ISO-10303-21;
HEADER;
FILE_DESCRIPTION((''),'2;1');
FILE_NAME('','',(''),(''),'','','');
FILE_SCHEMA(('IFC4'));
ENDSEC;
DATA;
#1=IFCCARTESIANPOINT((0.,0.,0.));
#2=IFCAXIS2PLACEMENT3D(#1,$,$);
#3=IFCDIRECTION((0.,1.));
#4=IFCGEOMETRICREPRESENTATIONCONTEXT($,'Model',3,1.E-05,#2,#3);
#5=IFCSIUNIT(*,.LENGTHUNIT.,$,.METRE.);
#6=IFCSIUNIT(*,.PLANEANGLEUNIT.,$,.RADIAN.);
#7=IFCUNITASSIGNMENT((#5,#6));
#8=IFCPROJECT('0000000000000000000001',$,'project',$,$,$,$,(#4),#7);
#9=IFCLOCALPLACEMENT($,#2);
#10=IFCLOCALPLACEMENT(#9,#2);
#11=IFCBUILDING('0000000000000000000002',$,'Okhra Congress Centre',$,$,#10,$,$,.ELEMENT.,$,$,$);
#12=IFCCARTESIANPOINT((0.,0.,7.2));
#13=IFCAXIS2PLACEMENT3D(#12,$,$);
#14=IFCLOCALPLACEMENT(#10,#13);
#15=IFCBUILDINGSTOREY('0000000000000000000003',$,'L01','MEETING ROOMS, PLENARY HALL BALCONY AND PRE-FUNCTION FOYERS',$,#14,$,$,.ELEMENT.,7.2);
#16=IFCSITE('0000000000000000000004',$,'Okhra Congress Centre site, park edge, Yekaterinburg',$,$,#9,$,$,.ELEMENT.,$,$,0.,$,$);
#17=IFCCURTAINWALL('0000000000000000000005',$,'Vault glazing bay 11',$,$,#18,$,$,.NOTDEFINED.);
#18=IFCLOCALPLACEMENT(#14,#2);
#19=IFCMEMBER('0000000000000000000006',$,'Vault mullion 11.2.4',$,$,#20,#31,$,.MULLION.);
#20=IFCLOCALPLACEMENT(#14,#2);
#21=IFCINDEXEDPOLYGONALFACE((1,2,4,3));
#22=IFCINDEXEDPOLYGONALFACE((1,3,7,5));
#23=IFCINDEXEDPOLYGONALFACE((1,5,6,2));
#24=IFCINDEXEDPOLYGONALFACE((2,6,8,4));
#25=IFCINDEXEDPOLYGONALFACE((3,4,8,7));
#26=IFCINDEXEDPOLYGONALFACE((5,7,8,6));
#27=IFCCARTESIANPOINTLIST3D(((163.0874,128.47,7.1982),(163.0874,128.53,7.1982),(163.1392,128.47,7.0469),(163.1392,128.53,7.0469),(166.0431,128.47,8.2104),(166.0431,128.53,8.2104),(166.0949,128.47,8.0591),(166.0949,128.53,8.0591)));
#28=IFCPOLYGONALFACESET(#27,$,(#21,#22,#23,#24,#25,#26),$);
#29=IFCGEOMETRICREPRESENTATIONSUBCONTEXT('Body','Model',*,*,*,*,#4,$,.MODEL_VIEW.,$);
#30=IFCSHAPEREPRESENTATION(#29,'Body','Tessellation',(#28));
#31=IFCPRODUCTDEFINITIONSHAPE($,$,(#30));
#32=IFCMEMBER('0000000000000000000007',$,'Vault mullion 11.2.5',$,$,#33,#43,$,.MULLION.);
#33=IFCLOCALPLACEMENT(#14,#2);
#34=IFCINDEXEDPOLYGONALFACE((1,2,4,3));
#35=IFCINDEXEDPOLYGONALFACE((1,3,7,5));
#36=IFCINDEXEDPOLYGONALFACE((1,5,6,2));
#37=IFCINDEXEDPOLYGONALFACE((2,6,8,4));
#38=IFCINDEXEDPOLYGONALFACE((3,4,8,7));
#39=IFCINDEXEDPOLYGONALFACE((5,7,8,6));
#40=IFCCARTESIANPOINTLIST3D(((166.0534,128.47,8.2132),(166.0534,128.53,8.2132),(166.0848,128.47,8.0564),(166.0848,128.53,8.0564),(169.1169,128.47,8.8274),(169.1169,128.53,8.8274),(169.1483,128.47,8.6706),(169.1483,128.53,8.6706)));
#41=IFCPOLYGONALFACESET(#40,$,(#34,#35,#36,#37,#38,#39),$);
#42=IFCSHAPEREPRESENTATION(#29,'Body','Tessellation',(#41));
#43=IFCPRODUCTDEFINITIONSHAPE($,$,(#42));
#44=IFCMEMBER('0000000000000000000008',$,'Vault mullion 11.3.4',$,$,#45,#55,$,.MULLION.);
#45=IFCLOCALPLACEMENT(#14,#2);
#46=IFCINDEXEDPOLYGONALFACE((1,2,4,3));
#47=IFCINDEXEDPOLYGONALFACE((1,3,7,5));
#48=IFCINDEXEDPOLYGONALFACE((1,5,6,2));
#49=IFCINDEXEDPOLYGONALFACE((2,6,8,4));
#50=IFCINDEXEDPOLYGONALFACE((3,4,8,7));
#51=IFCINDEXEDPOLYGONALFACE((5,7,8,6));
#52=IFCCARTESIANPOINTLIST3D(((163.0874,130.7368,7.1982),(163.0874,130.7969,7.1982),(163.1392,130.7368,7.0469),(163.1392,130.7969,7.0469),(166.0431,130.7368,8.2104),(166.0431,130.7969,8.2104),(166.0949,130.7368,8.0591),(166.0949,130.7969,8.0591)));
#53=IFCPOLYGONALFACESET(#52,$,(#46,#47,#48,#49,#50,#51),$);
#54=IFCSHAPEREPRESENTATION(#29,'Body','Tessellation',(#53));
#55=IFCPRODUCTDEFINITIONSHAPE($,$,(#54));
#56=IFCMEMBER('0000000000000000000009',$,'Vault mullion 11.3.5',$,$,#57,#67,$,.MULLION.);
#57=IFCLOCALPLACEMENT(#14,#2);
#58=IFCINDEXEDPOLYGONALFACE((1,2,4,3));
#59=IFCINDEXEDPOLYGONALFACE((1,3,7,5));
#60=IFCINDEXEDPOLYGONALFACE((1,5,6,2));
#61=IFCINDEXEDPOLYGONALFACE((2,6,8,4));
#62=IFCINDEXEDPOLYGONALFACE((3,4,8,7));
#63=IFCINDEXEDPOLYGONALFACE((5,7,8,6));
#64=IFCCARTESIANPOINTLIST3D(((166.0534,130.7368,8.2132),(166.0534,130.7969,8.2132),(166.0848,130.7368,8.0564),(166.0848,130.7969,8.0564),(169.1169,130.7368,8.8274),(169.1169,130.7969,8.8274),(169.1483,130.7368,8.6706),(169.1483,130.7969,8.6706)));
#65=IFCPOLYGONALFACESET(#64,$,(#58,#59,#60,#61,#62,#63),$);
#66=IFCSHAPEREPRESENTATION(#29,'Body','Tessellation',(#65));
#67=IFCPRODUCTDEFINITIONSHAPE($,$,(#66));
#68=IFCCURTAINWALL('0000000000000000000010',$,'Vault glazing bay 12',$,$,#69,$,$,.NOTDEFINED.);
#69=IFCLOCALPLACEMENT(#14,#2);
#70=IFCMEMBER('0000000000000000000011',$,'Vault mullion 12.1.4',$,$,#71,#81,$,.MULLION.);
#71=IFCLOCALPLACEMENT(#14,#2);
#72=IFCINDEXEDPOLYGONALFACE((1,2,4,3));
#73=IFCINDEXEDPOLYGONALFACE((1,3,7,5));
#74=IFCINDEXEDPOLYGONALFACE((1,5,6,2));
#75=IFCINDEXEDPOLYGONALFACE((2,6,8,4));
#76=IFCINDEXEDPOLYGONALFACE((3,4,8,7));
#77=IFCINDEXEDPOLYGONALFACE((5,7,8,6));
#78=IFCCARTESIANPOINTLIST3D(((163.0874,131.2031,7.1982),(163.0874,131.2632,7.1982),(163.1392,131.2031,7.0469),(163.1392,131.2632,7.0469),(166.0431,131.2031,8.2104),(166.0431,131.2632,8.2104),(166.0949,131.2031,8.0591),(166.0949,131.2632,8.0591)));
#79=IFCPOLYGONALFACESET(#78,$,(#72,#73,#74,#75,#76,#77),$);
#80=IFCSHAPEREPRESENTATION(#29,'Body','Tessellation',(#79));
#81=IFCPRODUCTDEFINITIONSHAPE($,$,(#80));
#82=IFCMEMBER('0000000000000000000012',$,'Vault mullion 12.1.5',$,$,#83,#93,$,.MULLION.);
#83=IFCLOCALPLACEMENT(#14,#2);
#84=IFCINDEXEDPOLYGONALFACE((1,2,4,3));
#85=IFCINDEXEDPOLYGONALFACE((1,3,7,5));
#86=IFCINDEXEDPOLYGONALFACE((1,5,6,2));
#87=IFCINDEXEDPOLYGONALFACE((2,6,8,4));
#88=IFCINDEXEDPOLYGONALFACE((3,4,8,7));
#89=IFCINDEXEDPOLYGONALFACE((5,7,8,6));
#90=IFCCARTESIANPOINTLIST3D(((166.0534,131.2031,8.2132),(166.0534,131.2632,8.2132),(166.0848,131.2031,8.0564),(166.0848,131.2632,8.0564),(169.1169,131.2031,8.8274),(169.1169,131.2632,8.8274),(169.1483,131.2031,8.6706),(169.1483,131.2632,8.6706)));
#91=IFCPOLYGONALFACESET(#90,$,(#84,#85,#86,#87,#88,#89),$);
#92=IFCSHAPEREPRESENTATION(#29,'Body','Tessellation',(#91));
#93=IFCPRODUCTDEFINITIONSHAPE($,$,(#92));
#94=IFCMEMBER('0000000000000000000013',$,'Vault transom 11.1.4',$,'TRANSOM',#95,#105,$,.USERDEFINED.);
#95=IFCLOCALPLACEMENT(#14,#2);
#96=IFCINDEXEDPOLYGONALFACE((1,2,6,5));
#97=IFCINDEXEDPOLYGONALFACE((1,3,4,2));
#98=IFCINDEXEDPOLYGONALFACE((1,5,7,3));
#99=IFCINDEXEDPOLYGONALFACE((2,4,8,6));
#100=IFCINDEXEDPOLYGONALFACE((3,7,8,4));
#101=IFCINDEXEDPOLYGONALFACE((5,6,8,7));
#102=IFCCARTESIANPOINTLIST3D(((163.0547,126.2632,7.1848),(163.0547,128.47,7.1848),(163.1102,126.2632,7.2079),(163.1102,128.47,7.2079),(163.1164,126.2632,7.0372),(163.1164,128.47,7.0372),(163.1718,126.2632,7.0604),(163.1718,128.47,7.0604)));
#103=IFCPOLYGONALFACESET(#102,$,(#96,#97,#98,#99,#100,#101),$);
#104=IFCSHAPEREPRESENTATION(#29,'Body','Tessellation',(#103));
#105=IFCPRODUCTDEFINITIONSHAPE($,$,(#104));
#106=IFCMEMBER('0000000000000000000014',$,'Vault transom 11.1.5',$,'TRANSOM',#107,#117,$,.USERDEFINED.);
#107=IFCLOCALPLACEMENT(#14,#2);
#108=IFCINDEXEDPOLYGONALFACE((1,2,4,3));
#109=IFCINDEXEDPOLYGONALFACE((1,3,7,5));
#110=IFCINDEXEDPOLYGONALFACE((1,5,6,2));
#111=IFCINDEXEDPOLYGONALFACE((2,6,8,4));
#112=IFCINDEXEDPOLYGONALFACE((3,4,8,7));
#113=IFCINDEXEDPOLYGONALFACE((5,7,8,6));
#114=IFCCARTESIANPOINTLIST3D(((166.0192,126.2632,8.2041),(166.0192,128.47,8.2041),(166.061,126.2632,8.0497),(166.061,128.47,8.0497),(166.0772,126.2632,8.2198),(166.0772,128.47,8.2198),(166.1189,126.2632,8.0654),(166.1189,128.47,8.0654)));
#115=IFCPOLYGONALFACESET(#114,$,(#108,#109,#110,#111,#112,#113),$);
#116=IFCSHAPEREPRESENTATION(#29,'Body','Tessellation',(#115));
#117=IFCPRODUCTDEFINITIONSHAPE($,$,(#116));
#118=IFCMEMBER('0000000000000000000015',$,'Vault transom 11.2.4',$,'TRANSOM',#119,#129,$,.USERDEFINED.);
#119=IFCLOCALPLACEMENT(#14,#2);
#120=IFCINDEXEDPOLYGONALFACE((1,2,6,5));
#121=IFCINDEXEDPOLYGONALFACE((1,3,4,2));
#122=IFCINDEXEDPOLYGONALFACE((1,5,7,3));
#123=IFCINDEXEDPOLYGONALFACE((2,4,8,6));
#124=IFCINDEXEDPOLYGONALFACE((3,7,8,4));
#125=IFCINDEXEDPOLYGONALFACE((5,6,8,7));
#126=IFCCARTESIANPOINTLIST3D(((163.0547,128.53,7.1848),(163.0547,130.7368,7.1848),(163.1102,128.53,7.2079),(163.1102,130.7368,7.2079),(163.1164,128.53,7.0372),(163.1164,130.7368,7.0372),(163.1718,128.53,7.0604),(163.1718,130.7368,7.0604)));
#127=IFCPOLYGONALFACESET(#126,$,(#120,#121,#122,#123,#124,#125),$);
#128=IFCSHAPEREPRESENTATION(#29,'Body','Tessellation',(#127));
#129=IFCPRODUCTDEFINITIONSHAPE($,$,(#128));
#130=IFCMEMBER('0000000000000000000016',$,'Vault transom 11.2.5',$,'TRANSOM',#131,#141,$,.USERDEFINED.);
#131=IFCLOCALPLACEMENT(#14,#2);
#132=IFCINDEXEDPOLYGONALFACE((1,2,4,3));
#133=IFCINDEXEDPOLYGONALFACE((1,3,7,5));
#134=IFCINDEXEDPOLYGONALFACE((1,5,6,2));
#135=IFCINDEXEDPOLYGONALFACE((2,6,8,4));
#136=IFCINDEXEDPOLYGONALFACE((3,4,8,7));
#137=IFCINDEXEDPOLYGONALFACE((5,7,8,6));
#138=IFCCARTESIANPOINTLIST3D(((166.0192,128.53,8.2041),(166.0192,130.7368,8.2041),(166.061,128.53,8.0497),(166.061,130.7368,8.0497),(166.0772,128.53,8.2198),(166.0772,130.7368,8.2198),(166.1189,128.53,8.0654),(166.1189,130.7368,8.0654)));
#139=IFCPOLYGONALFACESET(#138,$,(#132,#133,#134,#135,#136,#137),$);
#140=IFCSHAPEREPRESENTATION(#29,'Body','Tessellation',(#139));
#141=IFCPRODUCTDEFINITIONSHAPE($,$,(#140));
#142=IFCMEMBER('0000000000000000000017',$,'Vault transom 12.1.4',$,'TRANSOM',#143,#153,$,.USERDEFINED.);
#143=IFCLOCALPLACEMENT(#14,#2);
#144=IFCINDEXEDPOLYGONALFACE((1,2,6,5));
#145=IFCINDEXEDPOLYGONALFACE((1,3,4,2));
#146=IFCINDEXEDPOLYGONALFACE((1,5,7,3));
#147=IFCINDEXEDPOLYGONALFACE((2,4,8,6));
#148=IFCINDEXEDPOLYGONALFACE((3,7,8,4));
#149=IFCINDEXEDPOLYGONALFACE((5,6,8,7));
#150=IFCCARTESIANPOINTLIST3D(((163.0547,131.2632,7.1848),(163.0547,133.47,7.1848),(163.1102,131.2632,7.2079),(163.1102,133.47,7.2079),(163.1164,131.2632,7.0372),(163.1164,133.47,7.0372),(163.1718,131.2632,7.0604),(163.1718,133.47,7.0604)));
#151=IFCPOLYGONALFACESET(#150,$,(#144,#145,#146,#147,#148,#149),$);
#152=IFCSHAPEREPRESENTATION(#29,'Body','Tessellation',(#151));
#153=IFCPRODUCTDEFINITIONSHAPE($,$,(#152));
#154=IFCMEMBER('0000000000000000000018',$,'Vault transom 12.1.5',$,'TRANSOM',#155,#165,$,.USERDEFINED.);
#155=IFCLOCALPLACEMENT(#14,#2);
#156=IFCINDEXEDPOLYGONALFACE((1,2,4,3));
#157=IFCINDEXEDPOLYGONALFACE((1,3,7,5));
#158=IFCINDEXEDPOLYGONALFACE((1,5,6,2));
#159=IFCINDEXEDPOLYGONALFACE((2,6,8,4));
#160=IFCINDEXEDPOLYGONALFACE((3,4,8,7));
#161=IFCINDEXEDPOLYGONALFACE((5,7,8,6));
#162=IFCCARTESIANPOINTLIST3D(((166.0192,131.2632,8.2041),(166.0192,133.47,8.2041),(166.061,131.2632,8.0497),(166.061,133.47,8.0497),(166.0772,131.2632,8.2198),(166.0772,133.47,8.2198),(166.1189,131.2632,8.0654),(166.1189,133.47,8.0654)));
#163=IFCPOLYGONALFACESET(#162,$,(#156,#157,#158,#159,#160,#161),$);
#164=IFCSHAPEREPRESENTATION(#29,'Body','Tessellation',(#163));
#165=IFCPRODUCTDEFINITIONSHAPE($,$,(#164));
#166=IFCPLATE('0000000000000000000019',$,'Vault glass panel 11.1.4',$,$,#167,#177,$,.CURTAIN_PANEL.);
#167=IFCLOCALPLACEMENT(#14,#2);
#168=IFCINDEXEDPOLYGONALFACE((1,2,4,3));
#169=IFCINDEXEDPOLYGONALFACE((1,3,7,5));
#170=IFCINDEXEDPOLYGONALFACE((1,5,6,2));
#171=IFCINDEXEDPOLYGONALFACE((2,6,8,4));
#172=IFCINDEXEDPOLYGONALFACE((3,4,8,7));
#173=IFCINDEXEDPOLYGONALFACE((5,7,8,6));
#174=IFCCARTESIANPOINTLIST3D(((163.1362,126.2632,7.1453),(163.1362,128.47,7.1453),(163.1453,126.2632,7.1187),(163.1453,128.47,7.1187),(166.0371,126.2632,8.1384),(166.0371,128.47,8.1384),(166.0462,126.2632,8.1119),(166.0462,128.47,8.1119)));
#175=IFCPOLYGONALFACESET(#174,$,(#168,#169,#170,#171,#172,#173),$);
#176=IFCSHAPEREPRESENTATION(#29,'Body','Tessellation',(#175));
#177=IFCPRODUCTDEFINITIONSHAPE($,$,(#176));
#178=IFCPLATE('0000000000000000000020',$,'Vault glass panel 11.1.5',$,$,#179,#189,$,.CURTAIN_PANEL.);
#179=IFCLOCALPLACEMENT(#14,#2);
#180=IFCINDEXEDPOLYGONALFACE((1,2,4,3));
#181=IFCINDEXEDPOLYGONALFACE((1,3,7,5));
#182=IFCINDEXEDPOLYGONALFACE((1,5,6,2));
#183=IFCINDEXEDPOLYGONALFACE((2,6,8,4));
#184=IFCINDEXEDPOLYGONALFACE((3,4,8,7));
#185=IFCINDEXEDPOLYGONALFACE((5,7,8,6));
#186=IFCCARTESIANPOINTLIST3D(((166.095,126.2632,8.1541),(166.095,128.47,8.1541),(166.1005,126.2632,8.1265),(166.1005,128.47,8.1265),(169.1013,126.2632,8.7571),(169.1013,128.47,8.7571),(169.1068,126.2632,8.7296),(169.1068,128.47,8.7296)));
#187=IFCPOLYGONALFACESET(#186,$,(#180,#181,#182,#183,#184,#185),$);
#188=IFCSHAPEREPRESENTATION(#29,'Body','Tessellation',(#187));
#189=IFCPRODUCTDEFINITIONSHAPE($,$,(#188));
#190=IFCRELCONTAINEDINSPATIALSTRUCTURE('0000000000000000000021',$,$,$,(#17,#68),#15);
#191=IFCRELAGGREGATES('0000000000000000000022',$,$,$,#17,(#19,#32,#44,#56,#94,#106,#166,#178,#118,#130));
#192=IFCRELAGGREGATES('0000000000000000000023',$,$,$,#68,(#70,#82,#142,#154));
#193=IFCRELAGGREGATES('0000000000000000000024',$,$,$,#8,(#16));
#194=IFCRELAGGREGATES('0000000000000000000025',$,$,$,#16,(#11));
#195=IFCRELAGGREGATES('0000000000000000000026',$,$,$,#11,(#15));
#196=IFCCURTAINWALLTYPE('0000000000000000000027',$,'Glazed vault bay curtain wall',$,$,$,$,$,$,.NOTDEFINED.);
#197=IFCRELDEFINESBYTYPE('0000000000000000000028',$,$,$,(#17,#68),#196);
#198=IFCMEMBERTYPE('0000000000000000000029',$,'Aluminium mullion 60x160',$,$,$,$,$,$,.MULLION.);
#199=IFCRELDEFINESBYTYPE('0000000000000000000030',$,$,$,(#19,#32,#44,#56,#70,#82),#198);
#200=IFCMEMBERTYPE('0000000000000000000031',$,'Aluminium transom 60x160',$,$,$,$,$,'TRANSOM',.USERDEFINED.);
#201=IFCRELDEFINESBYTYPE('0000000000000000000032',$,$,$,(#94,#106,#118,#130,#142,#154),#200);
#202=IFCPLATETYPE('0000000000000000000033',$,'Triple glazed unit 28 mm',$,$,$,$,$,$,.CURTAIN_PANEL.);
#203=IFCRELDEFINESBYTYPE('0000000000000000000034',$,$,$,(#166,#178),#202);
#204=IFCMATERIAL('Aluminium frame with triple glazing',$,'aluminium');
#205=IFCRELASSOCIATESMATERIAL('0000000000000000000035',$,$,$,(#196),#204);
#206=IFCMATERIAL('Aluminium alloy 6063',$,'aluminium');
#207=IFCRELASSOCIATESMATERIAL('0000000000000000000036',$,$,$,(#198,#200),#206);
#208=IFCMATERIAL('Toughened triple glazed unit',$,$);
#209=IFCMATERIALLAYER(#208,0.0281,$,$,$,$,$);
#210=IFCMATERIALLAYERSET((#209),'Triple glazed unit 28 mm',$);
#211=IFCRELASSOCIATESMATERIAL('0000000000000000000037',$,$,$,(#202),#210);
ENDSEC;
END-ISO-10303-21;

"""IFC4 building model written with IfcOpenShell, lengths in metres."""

from ifc_helpers import new_model, si_unit, direction, frame, origin, origin_2d, place, context, subcontext, project, spatial, polyline, rectangle, outline, extrude, material, layer, layer_set, material_profile, profile_set, type_object, element, aggregate, save


model = new_model("IFC4")

# Units and contexts
model_context = context("Model", 3, precision=1e-05, world=origin(), true_north=direction((0.0, 1.0)))
body_context = subcontext(model_context, "Body", "Model", "MODEL_VIEW")
ifc_project = project(units=[si_unit("LENGTHUNIT", "METRE"), si_unit("PLANEANGLEUNIT", "RADIAN")], contexts=[model_context])

# Site, building, storey
site_placement = place(None, origin())
site = spatial("IfcSite", under=ifc_project, at=site_placement, Name="Okhra Congress Centre site, park edge, Yekaterinburg", CompositionType="ELEMENT", RefElevation=0.0)
building_placement = place(site_placement, origin())
building = spatial("IfcBuilding", under=site, at=building_placement, Name="Okhra Congress Centre", CompositionType="ELEMENT")
storey_placement = place(building_placement, frame((0.0, 0.0, 7.2)))
storey = spatial("IfcBuildingStorey", under=building, at=storey_placement, Name="L01", Description="MEETING ROOMS, PLENARY HALL BALCONY AND PRE-FUNCTION FOYERS", CompositionType="ELEMENT", Elevation=7.2)

# Curtain walls, members
ifc_material_1 = material(Name="Aluminium frame with triple glazing", Category="aluminium")
curtain_wall_type = type_object("IfcCurtainWallType", Name="Glazed vault bay curtain wall", PredefinedType="NOTDEFINED", material=ifc_material_1)
curtain_wall_1_placement = place(storey_placement, origin())
curtain_wall_1 = element("IfcCurtainWall", 1, at=curtain_wall_1_placement, inside=storey, type_object=curtain_wall_type, Name="Vault glazing bay 11", PredefinedType="NOTDEFINED")
ifc_material_2 = material(Name="Aluminium alloy 6063", Category="aluminium")
ifc_material_profile_1 = material_profile(ifc_material_2, rectangle(XDim=0.0601, YDim=0.1599, at=origin_2d()), Name="AL 60x160")
ifc_profile_set_1 = profile_set([ifc_material_profile_1], Name="Aluminium alloy 6063")
member_type_1 = type_object("IfcMemberType", Name="Aluminium mullion 60x160", PredefinedType="MULLION", material=ifc_profile_set_1)
member_1_placement = place(storey_placement, frame((163.1133, 128.5, 7.1226), z_axis=(0.946065, 0.0, 0.323977), x_axis=(0.0, 1.0, 0.0)))
member_1 = element("IfcMember", 2, at=member_1_placement, type_object=member_type_1, Name="Vault mullion 11.2.4", PredefinedType="MULLION", context=body_context, shape_type="SweptSolid", body=[
    extrude(rectangle(XDim=0.0601, YDim=0.1599, at=origin_2d()), origin(), (0.0, 0.0, 1.0), 3.1243),
])
member_2_placement = place(storey_placement, frame((166.0691, 128.5, 8.1348), z_axis=(0.980484, 0.0, 0.196597), x_axis=(0.0, 1.0, 0.0)))
member_2 = element("IfcMember", 3, at=member_2_placement, type_object=member_type_1, Name="Vault mullion 11.2.5", PredefinedType="MULLION", context=body_context, shape_type="SweptSolid", body=[
    extrude(rectangle(XDim=0.0601, YDim=0.1599, at=origin_2d()), origin(), (0.0, 0.0, 1.0), 3.1245),
])
member_3_placement = place(storey_placement, frame((163.1133, 130.7668, 7.1226), z_axis=(0.946065, 0.0, 0.323977), x_axis=(0.0, 1.0, 0.0)))
member_3 = element("IfcMember", 4, at=member_3_placement, type_object=member_type_1, Name="Vault mullion 11.3.4", PredefinedType="MULLION", context=body_context, shape_type="SweptSolid", body=[
    extrude(rectangle(XDim=0.0601, YDim=0.1599, at=origin_2d()), origin(), (0.0, 0.0, 1.0), 3.1243),
])
member_4_placement = place(storey_placement, frame((166.0691, 130.7668, 8.1348), z_axis=(0.980484, 0.0, 0.196597), x_axis=(0.0, 1.0, 0.0)))
member_4 = element("IfcMember", 5, at=member_4_placement, type_object=member_type_1, Name="Vault mullion 11.3.5", PredefinedType="MULLION", context=body_context, shape_type="SweptSolid", body=[
    extrude(rectangle(XDim=0.0601, YDim=0.1599, at=origin_2d()), origin(), (0.0, 0.0, 1.0), 3.1245),
])
curtain_wall_2_placement = place(storey_placement, origin())
curtain_wall_2 = element("IfcCurtainWall", 6, at=curtain_wall_2_placement, inside=storey, type_object=curtain_wall_type, Name="Vault glazing bay 12", PredefinedType="NOTDEFINED")
member_5_placement = place(storey_placement, frame((163.1133, 131.2332, 7.1226), z_axis=(0.946065, 0.0, 0.323977), x_axis=(0.0, 1.0, 0.0)))
member_5 = element("IfcMember", 7, at=member_5_placement, type_object=member_type_1, Name="Vault mullion 12.1.4", PredefinedType="MULLION", context=body_context, shape_type="SweptSolid", body=[
    extrude(rectangle(XDim=0.0601, YDim=0.1599, at=origin_2d()), origin(), (0.0, 0.0, 1.0), 3.1243),
])
member_6_placement = place(storey_placement, frame((166.0691, 131.2332, 8.1348), z_axis=(0.980484, 0.0, 0.196597), x_axis=(0.0, 1.0, 0.0)))
member_6 = element("IfcMember", 8, at=member_6_placement, type_object=member_type_1, Name="Vault mullion 12.1.5", PredefinedType="MULLION", context=body_context, shape_type="SweptSolid", body=[
    extrude(rectangle(XDim=0.0601, YDim=0.1599, at=origin_2d()), origin(), (0.0, 0.0, 1.0), 3.1245),
])

# Members
ifc_material_profile_2 = material_profile(ifc_material_2, rectangle(XDim=0.0601, YDim=0.1599, at=origin_2d()), Name="AL 60x160 transom")
ifc_profile_set_2 = profile_set([ifc_material_profile_2], Name="Aluminium alloy 6063")
member_type_2 = type_object("IfcMemberType", Name="Aluminium transom 60x160", ElementType="TRANSOM", PredefinedType="USERDEFINED", material=ifc_profile_set_2)
member_7_placement = place(storey_placement, frame((163.1133, 126.2632, 7.1226), z_axis=(0.0, 1.0, 0.0), x_axis=(-0.922669, 0.0, -0.385593)))
member_7 = element("IfcMember", 9, at=member_7_placement, type_object=member_type_2, Name="Vault transom 11.1.4", ObjectType="TRANSOM", PredefinedType="USERDEFINED", context=body_context, shape_type="SweptSolid", body=[
    extrude(rectangle(XDim=0.0601, YDim=0.1599, at=origin_2d()), origin(), (0.0, 0.0, 1.0), 2.2068),
])
member_8_placement = place(storey_placement, frame((166.0691, 126.2632, 8.1348), z_axis=(0.0, 1.0, 0.0), x_axis=(-0.96538, 0.0, -0.260848)))
member_8 = element("IfcMember", 10, at=member_8_placement, type_object=member_type_2, Name="Vault transom 11.1.5", ObjectType="TRANSOM", PredefinedType="USERDEFINED", context=body_context, shape_type="SweptSolid", body=[
    extrude(rectangle(XDim=0.0601, YDim=0.1599, at=origin_2d()), origin(), (0.0, 0.0, 1.0), 2.2068),
])
member_9_placement = place(storey_placement, frame((163.1133, 128.53, 7.1226), z_axis=(0.0, 1.0, 0.0), x_axis=(-0.922669, 0.0, -0.385593)))
member_9 = element("IfcMember", 11, at=member_9_placement, type_object=member_type_2, Name="Vault transom 11.2.4", ObjectType="TRANSOM", PredefinedType="USERDEFINED", context=body_context, shape_type="SweptSolid", body=[
    extrude(rectangle(XDim=0.0601, YDim=0.1599, at=origin_2d()), origin(), (0.0, 0.0, 1.0), 2.2068),
])
member_10_placement = place(storey_placement, frame((166.0691, 128.53, 8.1348), z_axis=(0.0, 1.0, 0.0), x_axis=(-0.96538, 0.0, -0.260848)))
member_10 = element("IfcMember", 12, at=member_10_placement, type_object=member_type_2, Name="Vault transom 11.2.5", ObjectType="TRANSOM", PredefinedType="USERDEFINED", context=body_context, shape_type="SweptSolid", body=[
    extrude(rectangle(XDim=0.0601, YDim=0.1599, at=origin_2d()), origin(), (0.0, 0.0, 1.0), 2.2068),
])
member_11_placement = place(storey_placement, frame((163.1133, 131.2632, 7.1226), z_axis=(0.0, 1.0, 0.0), x_axis=(-0.922669, 0.0, -0.385593)))
member_11 = element("IfcMember", 13, at=member_11_placement, type_object=member_type_2, Name="Vault transom 12.1.4", ObjectType="TRANSOM", PredefinedType="USERDEFINED", context=body_context, shape_type="SweptSolid", body=[
    extrude(rectangle(XDim=0.0601, YDim=0.1599, at=origin_2d()), origin(), (0.0, 0.0, 1.0), 2.2068),
])
member_12_placement = place(storey_placement, frame((166.0691, 131.2632, 8.1348), z_axis=(0.0, 1.0, 0.0), x_axis=(-0.96538, 0.0, -0.260848)))
member_12 = element("IfcMember", 14, at=member_12_placement, type_object=member_type_2, Name="Vault transom 12.1.5", ObjectType="TRANSOM", PredefinedType="USERDEFINED", context=body_context, shape_type="SweptSolid", body=[
    extrude(rectangle(XDim=0.0601, YDim=0.1599, at=origin_2d()), origin(), (0.0, 0.0, 1.0), 2.2068),
])

# Plates
ifc_material_3 = material(Name="Toughened triple glazed unit")
ifc_layer_1 = layer(ifc_material_3, 0.0281)
ifc_layer_set_1 = layer_set([ifc_layer_1], Name="Triple glazed unit 28 mm")
plate_type = type_object("IfcPlateType", Name="Triple glazed unit 28 mm", PredefinedType="CURTAIN_PANEL", material=ifc_layer_set_1)
plate_1_placement = place(storey_placement, frame((163.1362, 126.2632, 7.1453), z_axis=(-0.323909, 0.0, 0.946088), x_axis=(0.946088, 0.0, 0.323909)))
plate_1 = element("IfcPlate", 15, at=plate_1_placement, type_object=plate_type, Name="Vault glass panel 11.1.4", PredefinedType="CURTAIN_PANEL", context=body_context, shape_type="SweptSolid", body=[
    extrude(outline(polyline([(0.0, 0.0), (3.0662, 0.0), (3.0662, 2.2068), (0.0, 2.2068), (0.0, 0.0)])), origin(), (0.0, 0.0, -1.0), 0.0281),
])
plate_2_placement = place(storey_placement, frame((166.095, 126.2632, 8.1541), z_axis=(-0.196667, 0.0, 0.98047), x_axis=(0.98047, 0.0, 0.196667)))
plate_2 = element("IfcPlate", 16, at=plate_2_placement, type_object=plate_type, Name="Vault glass panel 11.1.5", PredefinedType="CURTAIN_PANEL", context=body_context, shape_type="SweptSolid", body=[
    extrude(outline(polyline([(0.0, 0.0), (3.0662, 0.0), (3.0662, 2.2068), (0.0, 2.2068), (0.0, 0.0)])), origin(), (0.0, 0.0, -1.0), 0.0281),
])
aggregate(curtain_wall_1, [member_1, member_2, member_3, member_4, member_7, member_8, plate_1, plate_2, member_9, member_10])
aggregate(curtain_wall_2, [member_5, member_6, member_11, member_12])

save(model, "model.ifc")
